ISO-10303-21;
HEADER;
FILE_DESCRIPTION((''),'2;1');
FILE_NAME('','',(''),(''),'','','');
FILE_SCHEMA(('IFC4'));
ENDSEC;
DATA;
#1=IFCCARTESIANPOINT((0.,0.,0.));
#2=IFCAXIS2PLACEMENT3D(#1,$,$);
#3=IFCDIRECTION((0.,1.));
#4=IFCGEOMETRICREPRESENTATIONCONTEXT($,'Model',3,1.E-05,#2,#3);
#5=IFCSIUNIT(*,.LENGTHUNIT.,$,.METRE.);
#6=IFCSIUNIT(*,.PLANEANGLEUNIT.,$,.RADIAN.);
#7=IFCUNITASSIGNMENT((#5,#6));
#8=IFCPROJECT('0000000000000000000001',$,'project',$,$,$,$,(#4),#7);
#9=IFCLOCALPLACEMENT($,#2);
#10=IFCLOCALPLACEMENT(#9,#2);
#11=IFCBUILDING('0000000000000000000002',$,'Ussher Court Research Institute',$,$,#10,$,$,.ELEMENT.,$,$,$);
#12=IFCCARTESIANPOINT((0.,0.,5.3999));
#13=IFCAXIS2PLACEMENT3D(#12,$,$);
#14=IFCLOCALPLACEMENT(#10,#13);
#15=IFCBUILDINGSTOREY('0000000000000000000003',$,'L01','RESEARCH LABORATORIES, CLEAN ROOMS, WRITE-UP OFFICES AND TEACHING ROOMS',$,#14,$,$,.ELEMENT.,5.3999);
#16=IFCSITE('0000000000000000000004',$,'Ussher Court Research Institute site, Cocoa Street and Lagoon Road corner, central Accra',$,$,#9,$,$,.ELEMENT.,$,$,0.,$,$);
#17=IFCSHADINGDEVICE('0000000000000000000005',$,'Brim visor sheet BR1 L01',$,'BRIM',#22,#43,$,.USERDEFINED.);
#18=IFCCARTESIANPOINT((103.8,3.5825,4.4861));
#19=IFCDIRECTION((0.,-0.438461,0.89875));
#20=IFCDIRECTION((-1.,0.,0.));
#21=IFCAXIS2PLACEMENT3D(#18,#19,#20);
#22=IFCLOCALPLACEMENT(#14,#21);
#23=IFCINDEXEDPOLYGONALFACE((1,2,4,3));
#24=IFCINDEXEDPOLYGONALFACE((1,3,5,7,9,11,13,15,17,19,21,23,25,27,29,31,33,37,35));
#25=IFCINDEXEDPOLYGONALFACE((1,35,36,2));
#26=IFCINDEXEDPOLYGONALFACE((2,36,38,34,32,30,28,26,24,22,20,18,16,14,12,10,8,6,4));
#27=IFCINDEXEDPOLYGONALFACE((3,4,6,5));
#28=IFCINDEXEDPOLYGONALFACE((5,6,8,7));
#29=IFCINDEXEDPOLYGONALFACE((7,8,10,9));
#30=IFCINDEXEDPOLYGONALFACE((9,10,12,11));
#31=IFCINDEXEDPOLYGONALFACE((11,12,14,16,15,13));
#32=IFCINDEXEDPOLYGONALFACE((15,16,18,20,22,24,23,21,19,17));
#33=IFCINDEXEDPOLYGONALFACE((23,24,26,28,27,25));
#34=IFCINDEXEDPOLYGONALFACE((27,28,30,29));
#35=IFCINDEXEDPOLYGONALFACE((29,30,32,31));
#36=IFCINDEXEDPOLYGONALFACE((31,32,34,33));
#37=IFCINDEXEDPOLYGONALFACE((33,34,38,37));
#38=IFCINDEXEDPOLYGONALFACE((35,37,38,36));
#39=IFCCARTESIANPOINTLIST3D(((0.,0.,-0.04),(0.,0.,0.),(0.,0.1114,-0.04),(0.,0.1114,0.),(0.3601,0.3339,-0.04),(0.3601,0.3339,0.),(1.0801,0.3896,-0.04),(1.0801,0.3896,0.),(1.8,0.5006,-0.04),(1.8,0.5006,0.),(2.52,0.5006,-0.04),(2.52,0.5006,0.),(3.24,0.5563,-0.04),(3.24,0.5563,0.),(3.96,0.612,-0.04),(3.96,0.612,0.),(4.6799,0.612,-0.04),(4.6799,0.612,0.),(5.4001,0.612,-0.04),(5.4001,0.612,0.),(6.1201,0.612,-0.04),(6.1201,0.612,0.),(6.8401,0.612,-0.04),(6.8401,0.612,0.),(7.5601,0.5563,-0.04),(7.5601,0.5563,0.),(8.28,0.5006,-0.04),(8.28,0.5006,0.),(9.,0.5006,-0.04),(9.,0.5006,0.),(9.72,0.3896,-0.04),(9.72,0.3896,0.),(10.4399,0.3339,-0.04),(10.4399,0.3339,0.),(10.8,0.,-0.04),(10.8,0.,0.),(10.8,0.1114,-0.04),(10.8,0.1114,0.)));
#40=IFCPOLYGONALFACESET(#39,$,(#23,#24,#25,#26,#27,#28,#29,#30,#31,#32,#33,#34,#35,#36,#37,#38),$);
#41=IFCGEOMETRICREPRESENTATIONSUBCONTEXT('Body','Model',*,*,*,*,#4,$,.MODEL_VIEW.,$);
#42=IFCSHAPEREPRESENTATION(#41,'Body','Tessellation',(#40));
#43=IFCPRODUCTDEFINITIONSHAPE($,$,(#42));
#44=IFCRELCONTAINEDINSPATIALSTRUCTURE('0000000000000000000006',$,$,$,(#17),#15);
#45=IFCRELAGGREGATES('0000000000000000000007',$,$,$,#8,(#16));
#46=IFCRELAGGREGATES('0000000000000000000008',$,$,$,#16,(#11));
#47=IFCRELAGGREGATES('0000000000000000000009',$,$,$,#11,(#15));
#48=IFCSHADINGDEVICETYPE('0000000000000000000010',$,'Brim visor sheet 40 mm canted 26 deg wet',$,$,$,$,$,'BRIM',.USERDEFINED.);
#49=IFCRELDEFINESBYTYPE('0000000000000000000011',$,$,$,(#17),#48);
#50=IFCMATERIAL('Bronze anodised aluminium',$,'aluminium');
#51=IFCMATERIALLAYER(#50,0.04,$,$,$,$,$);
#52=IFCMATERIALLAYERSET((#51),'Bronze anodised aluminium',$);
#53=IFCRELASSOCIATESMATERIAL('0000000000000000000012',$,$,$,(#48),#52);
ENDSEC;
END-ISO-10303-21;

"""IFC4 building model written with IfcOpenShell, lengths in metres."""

from ifc_helpers import new_model, si_unit, direction, frame, origin, place, context, subcontext, project, spatial, polyline, outline, extrude, material, layer, layer_set, type_object, element, save


model = new_model("IFC4")

# Units and contexts
model_context = context("Model", 3, precision=1e-05, world=origin(), true_north=direction((0.0, 1.0)))
body_context = subcontext(model_context, "Body", "Model", "MODEL_VIEW")
ifc_project = project(units=[si_unit("LENGTHUNIT", "METRE"), si_unit("PLANEANGLEUNIT", "RADIAN")], contexts=[model_context])

# Site, building, storey
site_placement = place(None, origin())
site = spatial("IfcSite", under=ifc_project, at=site_placement, Name="Ussher Court Research Institute site, Cocoa Street and Lagoon Road corner, central Accra", CompositionType="ELEMENT", RefElevation=0.0)
building_placement = place(site_placement, origin())
building = spatial("IfcBuilding", under=site, at=building_placement, Name="Ussher Court Research Institute", CompositionType="ELEMENT")
storey_placement = place(building_placement, frame((0.0, 0.0, 5.3999)))
storey = spatial("IfcBuildingStorey", under=building, at=storey_placement, Name="L01", Description="RESEARCH LABORATORIES, CLEAN ROOMS, WRITE-UP OFFICES AND TEACHING ROOMS", CompositionType="ELEMENT", Elevation=5.3999)

# Shading device
ifc_material_1 = material(Name="Bronze anodised aluminium", Category="aluminium")
ifc_layer_1 = layer(ifc_material_1, 0.04)
ifc_layer_set_1 = layer_set([ifc_layer_1], Name="Bronze anodised aluminium")
shading_device_type_1 = type_object("IfcShadingDeviceType", Name="Brim visor sheet 40 mm canted 26 deg wet", ElementType="BRIM", PredefinedType="USERDEFINED", material=ifc_layer_set_1)
shading_device_1_placement = place(storey_placement, frame((103.8, 3.5825, 4.4861), z_axis=(0.0, -0.438461, 0.89875), x_axis=(-1.0, 0.0, 0.0)))
element("IfcShadingDevice", 1, at=shading_device_1_placement, inside=storey, type_object=shading_device_type_1, Name="Brim visor sheet BR1 L01", ObjectType="BRIM", PredefinedType="USERDEFINED", context=body_context, shape_type="SweptSolid", body=[
    extrude(outline(polyline([(0.0, 0.0), (10.8, 0.0), (10.8, 0.1114), (10.4399, 0.3339), (9.72, 0.3896), (9.0, 0.5006), (8.28, 0.5006), (7.5601, 0.5563), (6.8401, 0.612), (6.1201, 0.612), (5.4001, 0.612), (4.6799, 0.612), (3.96, 0.612), (3.24, 0.5563), (2.52, 0.5006), (1.8, 0.5006), (1.0801, 0.3896), (0.3601, 0.3339), (0.0, 0.1114), (0.0, 0.0)])), origin(), (0.0, 0.0, -1.0), 0.04),
])

save(model, "model.ifc")
